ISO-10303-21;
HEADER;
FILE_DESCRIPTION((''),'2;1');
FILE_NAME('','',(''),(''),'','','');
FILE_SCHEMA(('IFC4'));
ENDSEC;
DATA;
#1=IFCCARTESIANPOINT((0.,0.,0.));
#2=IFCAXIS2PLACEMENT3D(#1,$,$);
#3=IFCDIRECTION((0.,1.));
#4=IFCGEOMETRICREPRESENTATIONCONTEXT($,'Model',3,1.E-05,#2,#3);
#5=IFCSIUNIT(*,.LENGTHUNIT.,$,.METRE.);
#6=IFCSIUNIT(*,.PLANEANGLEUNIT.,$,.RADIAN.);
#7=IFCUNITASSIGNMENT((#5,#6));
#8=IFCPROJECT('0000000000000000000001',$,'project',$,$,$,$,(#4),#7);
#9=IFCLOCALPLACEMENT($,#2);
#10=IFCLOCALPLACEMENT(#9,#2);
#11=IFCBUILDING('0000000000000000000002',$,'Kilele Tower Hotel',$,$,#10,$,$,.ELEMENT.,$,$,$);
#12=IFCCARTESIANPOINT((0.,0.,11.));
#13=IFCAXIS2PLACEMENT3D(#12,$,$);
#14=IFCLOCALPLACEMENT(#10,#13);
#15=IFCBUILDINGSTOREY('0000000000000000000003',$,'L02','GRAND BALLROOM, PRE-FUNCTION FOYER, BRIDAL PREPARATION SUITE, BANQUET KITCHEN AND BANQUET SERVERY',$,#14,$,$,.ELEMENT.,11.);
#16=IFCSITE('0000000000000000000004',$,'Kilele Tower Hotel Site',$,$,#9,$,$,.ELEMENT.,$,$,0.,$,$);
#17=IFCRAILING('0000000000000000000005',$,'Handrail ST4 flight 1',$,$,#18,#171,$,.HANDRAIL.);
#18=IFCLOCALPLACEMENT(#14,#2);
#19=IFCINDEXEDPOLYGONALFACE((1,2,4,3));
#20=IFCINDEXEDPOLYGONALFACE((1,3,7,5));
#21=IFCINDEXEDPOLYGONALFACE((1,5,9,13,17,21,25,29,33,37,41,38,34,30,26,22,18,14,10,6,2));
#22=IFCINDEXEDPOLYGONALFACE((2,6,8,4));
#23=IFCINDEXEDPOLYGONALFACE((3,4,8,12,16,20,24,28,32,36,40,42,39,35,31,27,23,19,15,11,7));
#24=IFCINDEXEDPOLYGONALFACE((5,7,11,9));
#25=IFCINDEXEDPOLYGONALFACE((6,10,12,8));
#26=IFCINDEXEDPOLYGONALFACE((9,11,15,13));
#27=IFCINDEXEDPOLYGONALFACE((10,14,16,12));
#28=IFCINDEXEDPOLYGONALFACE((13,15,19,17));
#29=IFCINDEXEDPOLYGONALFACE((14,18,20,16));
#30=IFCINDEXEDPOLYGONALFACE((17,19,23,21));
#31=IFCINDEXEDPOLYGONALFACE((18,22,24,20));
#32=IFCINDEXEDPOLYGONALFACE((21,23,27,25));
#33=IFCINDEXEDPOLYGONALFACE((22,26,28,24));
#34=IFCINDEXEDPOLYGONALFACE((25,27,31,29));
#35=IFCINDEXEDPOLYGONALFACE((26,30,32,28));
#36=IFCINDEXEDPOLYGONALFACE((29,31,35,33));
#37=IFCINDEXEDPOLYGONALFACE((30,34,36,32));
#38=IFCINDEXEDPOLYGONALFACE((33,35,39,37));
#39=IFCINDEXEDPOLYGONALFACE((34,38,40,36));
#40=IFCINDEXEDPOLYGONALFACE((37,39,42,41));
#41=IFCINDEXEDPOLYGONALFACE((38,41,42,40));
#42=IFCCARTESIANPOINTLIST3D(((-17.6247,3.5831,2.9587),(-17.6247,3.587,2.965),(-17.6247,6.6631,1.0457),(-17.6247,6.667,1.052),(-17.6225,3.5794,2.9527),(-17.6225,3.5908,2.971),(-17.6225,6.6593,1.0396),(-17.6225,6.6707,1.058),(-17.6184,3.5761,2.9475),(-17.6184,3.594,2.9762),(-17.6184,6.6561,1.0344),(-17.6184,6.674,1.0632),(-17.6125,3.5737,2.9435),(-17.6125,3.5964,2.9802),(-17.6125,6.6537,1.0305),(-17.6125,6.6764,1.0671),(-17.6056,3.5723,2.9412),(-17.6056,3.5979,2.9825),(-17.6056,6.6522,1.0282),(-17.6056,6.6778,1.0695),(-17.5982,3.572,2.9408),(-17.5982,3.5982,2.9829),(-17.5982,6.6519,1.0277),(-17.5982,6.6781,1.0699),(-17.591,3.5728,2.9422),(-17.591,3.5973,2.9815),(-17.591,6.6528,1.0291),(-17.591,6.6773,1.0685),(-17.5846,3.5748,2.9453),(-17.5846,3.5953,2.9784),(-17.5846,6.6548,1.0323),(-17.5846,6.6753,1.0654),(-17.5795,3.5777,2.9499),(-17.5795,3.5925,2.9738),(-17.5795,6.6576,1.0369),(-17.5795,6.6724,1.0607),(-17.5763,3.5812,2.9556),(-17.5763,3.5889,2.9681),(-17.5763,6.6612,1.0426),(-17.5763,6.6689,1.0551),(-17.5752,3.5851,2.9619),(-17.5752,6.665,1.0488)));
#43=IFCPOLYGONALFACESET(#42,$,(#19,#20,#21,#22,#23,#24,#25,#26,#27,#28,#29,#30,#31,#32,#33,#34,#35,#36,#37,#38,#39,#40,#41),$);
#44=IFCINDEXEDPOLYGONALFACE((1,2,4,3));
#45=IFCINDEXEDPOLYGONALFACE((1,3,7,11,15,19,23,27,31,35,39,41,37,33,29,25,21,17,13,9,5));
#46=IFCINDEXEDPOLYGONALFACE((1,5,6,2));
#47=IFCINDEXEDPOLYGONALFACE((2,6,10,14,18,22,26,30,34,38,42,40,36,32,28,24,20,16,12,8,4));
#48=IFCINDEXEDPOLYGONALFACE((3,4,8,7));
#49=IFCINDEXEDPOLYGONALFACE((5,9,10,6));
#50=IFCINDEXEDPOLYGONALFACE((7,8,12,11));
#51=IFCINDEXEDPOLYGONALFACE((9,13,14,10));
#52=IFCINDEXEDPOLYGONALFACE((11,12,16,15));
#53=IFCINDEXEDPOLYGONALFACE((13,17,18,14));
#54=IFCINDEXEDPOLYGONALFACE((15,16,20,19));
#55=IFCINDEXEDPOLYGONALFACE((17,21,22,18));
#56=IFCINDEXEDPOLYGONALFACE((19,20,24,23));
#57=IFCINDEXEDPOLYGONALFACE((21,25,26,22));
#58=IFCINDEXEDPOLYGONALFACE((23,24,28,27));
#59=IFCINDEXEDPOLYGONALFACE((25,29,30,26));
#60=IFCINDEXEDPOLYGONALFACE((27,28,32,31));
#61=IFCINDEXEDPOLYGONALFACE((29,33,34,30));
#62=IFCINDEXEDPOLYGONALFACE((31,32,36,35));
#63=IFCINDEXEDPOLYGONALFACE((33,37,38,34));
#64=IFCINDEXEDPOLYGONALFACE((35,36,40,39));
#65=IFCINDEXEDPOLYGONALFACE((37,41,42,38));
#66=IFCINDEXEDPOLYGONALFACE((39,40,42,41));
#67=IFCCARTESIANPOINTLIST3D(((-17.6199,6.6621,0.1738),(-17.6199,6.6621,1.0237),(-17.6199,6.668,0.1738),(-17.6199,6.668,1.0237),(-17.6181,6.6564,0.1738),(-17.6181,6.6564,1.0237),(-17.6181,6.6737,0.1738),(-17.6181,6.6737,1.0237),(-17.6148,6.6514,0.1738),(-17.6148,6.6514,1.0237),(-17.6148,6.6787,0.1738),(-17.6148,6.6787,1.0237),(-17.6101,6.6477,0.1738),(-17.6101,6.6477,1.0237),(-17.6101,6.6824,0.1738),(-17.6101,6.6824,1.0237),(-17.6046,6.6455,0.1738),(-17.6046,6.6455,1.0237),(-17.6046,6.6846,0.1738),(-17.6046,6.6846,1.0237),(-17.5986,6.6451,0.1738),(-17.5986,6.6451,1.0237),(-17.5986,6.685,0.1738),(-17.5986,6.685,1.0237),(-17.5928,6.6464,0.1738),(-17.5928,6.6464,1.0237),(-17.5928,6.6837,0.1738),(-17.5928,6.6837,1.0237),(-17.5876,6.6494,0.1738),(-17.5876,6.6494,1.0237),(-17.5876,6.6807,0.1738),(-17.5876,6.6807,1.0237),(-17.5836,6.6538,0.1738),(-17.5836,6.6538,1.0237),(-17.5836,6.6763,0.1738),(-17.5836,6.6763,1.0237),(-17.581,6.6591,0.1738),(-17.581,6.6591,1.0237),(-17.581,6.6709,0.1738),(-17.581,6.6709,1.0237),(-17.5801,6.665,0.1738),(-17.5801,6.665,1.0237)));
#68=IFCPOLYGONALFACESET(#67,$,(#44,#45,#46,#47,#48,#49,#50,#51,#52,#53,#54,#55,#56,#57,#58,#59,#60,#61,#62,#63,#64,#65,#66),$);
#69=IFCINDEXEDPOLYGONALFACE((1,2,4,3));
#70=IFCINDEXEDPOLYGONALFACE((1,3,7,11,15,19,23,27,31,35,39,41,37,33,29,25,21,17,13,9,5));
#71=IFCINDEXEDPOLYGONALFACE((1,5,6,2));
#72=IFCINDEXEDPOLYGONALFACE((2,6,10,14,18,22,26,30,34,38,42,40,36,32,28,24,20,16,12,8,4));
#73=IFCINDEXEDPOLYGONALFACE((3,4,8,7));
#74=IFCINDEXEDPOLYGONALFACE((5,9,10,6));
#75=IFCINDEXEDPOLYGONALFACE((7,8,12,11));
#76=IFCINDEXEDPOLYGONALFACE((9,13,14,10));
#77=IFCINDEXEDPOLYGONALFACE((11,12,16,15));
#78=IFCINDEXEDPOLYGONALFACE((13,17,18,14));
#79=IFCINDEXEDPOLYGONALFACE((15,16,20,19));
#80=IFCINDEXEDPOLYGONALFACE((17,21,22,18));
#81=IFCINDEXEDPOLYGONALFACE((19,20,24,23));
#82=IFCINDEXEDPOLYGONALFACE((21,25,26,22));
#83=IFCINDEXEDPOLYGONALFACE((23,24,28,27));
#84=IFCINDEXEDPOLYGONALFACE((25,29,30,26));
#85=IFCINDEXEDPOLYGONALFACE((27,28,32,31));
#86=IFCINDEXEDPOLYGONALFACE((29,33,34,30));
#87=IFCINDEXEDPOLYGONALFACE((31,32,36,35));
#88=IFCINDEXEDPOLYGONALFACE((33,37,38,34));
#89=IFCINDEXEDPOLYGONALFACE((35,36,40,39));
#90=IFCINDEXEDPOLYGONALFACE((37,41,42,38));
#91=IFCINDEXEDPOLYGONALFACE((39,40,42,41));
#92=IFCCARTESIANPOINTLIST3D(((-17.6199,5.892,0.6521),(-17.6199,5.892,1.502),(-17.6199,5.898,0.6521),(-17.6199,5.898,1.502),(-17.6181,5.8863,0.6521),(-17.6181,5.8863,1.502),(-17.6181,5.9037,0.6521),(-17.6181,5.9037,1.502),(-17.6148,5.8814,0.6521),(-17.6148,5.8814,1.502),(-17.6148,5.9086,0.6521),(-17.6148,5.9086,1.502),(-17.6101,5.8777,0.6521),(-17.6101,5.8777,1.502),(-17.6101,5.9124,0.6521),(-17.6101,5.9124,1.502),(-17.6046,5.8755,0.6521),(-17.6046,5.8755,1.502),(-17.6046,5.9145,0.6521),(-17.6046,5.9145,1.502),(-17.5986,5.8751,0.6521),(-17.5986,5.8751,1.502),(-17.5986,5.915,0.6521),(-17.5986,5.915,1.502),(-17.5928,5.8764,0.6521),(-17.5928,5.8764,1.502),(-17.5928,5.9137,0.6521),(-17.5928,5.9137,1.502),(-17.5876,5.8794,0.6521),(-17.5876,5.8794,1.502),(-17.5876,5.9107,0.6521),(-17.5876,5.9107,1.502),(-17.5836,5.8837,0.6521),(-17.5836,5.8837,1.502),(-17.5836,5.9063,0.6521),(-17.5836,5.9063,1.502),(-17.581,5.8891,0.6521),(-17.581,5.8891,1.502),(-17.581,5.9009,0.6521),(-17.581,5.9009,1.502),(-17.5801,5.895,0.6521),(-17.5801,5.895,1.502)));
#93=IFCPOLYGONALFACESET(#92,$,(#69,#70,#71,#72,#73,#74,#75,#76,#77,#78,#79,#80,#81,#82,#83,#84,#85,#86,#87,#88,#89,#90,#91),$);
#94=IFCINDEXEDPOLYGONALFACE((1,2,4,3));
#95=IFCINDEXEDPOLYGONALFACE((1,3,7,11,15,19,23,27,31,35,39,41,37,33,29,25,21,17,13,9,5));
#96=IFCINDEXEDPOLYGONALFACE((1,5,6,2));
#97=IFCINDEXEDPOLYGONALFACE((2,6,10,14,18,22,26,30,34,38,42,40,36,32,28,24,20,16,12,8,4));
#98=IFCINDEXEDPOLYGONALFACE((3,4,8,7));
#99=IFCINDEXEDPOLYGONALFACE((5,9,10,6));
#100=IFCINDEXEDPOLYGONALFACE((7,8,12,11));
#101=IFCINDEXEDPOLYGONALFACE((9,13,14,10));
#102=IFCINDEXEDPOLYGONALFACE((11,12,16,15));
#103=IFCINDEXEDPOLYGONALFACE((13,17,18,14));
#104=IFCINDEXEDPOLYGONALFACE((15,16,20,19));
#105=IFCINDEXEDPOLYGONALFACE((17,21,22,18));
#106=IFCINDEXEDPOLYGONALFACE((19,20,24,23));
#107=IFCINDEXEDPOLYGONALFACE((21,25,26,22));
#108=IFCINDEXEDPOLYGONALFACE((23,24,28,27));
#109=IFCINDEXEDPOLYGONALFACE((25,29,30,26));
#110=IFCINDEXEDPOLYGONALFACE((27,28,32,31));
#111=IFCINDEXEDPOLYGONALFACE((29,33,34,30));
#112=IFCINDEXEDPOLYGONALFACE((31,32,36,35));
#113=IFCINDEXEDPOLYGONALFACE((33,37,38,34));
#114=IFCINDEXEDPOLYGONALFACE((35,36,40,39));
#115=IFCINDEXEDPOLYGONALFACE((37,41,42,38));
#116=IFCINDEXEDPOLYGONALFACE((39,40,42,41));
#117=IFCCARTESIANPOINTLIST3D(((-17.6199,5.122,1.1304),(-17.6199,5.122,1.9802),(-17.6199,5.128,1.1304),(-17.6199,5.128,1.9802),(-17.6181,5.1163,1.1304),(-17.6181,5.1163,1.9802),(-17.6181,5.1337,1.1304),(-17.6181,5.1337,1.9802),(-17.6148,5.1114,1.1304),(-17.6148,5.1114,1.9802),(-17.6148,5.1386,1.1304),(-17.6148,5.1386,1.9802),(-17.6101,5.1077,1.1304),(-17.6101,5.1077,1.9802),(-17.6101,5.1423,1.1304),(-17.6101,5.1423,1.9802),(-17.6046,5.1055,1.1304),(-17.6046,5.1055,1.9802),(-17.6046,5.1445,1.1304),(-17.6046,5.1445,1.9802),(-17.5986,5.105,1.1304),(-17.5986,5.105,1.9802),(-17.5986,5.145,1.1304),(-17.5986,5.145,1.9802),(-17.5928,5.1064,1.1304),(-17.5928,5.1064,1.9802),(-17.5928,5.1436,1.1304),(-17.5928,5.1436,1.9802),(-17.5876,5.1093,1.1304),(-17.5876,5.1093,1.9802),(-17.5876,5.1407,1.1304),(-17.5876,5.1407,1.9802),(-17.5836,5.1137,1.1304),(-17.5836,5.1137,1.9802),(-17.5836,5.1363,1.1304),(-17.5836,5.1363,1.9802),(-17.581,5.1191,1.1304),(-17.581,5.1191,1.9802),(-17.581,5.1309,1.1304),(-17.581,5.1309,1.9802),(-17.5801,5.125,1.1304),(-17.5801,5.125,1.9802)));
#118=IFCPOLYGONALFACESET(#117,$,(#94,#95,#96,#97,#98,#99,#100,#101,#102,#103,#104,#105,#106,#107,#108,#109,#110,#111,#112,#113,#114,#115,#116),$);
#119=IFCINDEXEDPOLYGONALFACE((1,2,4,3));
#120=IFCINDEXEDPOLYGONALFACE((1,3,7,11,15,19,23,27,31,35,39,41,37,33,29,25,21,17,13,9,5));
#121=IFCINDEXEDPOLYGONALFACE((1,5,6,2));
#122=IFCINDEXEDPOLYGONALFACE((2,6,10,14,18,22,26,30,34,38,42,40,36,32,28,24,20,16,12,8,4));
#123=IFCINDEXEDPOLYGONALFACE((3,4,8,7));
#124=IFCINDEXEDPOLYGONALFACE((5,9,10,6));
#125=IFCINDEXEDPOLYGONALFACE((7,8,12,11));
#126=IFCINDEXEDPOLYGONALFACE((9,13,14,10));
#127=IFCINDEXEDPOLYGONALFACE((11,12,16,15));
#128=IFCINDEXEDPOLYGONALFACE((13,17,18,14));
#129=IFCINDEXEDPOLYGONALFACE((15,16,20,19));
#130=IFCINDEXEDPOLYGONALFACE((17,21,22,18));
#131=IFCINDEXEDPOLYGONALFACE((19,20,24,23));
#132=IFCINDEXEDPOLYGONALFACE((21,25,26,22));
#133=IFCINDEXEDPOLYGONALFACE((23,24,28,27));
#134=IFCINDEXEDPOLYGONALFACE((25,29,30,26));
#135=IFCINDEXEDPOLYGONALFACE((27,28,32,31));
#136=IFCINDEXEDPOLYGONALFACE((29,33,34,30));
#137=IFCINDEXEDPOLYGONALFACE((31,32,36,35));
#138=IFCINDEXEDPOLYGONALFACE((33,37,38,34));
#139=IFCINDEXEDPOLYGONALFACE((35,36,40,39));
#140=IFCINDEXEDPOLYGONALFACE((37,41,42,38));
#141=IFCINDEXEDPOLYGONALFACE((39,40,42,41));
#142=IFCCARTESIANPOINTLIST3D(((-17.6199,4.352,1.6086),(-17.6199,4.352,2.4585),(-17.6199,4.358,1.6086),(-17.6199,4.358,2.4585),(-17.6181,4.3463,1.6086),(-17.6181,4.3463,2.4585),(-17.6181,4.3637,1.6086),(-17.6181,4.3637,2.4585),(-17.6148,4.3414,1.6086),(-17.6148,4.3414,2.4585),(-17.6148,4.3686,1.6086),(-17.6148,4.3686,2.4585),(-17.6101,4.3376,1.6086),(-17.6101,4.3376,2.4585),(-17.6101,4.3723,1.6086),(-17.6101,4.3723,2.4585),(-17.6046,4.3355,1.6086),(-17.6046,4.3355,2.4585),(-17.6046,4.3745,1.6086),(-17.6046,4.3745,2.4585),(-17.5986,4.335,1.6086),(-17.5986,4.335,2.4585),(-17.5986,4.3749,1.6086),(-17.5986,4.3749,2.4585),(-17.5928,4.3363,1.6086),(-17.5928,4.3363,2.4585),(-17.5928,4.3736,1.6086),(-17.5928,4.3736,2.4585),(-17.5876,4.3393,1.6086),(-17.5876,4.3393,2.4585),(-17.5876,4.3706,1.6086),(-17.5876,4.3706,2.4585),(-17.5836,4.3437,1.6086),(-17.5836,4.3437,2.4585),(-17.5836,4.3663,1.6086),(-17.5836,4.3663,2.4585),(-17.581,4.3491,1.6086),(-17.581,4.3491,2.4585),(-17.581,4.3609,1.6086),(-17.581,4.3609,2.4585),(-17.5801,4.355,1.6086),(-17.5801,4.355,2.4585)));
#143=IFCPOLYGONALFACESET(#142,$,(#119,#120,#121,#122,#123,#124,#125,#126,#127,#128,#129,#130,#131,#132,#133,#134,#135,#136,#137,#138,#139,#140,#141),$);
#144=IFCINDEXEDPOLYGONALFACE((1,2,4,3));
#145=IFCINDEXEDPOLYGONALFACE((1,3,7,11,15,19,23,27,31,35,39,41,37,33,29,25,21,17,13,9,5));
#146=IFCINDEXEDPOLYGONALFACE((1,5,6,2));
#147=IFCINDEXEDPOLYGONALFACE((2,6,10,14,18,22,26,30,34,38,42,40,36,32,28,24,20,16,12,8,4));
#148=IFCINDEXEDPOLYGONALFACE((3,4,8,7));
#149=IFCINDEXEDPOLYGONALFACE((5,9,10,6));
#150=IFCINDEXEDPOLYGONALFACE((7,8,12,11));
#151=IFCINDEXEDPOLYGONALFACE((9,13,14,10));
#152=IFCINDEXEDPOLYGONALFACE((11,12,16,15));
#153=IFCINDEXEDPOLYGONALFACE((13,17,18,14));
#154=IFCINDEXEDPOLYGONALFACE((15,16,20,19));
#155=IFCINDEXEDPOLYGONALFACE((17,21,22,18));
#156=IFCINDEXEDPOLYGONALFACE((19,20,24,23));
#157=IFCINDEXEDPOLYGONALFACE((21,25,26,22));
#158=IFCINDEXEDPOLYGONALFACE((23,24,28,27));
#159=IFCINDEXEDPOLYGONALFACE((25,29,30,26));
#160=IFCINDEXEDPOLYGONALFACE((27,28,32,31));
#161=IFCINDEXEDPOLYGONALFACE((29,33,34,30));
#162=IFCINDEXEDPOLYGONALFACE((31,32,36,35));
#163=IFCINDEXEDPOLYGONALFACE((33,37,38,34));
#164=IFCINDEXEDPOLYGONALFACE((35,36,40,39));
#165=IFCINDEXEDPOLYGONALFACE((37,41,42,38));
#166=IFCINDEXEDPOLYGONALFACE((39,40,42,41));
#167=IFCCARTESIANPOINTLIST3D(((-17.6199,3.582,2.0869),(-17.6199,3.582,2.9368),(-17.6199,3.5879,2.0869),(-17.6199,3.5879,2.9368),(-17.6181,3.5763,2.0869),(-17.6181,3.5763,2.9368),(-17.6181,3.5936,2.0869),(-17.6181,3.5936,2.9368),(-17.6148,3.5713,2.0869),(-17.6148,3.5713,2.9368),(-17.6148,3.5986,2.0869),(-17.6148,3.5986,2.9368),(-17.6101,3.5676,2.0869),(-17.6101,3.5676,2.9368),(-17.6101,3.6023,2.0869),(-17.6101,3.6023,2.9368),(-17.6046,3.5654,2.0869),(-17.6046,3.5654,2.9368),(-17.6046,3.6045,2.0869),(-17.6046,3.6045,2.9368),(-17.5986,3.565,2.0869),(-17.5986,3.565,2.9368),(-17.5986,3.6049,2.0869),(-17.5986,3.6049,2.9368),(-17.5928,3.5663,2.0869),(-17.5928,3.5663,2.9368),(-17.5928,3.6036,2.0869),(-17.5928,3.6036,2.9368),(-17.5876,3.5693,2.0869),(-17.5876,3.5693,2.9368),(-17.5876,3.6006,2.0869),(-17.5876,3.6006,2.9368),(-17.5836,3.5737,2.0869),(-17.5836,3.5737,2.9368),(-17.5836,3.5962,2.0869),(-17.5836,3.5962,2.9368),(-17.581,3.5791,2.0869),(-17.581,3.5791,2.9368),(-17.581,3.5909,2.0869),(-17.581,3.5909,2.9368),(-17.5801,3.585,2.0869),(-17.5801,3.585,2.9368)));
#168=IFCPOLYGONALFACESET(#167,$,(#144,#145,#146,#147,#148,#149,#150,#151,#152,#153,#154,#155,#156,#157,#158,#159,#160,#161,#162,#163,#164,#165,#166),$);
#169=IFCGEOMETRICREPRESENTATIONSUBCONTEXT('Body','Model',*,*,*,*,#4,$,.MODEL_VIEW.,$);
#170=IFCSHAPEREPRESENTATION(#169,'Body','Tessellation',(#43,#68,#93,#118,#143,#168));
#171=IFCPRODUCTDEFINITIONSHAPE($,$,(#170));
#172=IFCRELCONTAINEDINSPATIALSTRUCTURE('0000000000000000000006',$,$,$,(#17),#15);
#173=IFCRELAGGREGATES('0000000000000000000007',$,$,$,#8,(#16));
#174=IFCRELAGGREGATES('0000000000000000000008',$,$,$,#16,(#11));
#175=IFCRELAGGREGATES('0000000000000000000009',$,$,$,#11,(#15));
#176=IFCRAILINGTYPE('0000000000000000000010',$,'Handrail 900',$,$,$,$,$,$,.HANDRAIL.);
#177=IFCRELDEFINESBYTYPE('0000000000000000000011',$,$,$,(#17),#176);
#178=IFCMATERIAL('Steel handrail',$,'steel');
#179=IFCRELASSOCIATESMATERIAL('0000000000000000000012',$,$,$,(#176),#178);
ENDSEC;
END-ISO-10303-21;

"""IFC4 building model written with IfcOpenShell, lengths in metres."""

from ifc_helpers import new_model, si_unit, direction, frame, origin, origin_2d, place, context, subcontext, project, spatial, circle, extrude, material, type_object, element, save


model = new_model("IFC4")

# Units and contexts
model_context = context("Model", 3, precision=1e-05, world=origin(), true_north=direction((0.0, 1.0)))
body_context = subcontext(model_context, "Body", "Model", "MODEL_VIEW")
ifc_project = project(units=[si_unit("LENGTHUNIT", "METRE"), si_unit("PLANEANGLEUNIT", "RADIAN")], contexts=[model_context])

# Site, building, storey
site_placement = place(None, origin())
site = spatial("IfcSite", under=ifc_project, at=site_placement, Name="Kilele Tower Hotel Site", CompositionType="ELEMENT", RefElevation=0.0)
building_placement = place(site_placement, origin())
building = spatial("IfcBuilding", under=site, at=building_placement, Name="Kilele Tower Hotel", CompositionType="ELEMENT")
storey_placement = place(building_placement, frame((0.0, 0.0, 11.0)))
storey = spatial("IfcBuildingStorey", under=building, at=storey_placement, Name="L02", Description="GRAND BALLROOM, PRE-FUNCTION FOYER, BRIDAL PREPARATION SUITE, BANQUET KITCHEN AND BANQUET SERVERY", CompositionType="ELEMENT", Elevation=11.0)

# Railing
ifc_material_1 = material(Name="Steel handrail", Category="steel")
railing_type_1 = type_object("IfcRailingType", Name="Handrail 900", PredefinedType="HANDRAIL", material=ifc_material_1)
for number, where, name in (
    (1, (-17.6001, 6.665, 0.1738), "Handrail ST4 flight 1"),
):
    element("IfcRailing", number, at=place(storey_placement, frame(where)), inside=storey, type_object=railing_type_1, Name=name, PredefinedType="HANDRAIL", context=body_context, shape_type="SweptSolid", body=[
        extrude(circle(Radius=0.0249, at=origin_2d()), frame((0.0, 0.0, 0.875), z_axis=(0.0, -0.849478, 0.527624), x_axis=(1.0, 0.0, 0.0)), (0.0, 0.0, 1.0), 3.6257),
        extrude(circle(Radius=0.02, at=origin_2d()), origin(), (0.0, 0.0, 1.0), 0.8499),
        extrude(circle(Radius=0.02, at=origin_2d()), frame((0.0, -0.77, 0.4783)), (0.0, 0.0, 1.0), 0.8499),
        extrude(circle(Radius=0.02, at=origin_2d()), frame((0.0, -1.54, 0.9565)), (0.0, 0.0, 1.0), 0.8499),
        extrude(circle(Radius=0.02, at=origin_2d()), frame((0.0, -2.3101, 1.4348)), (0.0, 0.0, 1.0), 0.8499),
        extrude(circle(Radius=0.02, at=origin_2d()), frame((0.0, -3.0801, 1.9131)), (0.0, 0.0, 1.0), 0.8499),
    ])

save(model, "model.ifc")
